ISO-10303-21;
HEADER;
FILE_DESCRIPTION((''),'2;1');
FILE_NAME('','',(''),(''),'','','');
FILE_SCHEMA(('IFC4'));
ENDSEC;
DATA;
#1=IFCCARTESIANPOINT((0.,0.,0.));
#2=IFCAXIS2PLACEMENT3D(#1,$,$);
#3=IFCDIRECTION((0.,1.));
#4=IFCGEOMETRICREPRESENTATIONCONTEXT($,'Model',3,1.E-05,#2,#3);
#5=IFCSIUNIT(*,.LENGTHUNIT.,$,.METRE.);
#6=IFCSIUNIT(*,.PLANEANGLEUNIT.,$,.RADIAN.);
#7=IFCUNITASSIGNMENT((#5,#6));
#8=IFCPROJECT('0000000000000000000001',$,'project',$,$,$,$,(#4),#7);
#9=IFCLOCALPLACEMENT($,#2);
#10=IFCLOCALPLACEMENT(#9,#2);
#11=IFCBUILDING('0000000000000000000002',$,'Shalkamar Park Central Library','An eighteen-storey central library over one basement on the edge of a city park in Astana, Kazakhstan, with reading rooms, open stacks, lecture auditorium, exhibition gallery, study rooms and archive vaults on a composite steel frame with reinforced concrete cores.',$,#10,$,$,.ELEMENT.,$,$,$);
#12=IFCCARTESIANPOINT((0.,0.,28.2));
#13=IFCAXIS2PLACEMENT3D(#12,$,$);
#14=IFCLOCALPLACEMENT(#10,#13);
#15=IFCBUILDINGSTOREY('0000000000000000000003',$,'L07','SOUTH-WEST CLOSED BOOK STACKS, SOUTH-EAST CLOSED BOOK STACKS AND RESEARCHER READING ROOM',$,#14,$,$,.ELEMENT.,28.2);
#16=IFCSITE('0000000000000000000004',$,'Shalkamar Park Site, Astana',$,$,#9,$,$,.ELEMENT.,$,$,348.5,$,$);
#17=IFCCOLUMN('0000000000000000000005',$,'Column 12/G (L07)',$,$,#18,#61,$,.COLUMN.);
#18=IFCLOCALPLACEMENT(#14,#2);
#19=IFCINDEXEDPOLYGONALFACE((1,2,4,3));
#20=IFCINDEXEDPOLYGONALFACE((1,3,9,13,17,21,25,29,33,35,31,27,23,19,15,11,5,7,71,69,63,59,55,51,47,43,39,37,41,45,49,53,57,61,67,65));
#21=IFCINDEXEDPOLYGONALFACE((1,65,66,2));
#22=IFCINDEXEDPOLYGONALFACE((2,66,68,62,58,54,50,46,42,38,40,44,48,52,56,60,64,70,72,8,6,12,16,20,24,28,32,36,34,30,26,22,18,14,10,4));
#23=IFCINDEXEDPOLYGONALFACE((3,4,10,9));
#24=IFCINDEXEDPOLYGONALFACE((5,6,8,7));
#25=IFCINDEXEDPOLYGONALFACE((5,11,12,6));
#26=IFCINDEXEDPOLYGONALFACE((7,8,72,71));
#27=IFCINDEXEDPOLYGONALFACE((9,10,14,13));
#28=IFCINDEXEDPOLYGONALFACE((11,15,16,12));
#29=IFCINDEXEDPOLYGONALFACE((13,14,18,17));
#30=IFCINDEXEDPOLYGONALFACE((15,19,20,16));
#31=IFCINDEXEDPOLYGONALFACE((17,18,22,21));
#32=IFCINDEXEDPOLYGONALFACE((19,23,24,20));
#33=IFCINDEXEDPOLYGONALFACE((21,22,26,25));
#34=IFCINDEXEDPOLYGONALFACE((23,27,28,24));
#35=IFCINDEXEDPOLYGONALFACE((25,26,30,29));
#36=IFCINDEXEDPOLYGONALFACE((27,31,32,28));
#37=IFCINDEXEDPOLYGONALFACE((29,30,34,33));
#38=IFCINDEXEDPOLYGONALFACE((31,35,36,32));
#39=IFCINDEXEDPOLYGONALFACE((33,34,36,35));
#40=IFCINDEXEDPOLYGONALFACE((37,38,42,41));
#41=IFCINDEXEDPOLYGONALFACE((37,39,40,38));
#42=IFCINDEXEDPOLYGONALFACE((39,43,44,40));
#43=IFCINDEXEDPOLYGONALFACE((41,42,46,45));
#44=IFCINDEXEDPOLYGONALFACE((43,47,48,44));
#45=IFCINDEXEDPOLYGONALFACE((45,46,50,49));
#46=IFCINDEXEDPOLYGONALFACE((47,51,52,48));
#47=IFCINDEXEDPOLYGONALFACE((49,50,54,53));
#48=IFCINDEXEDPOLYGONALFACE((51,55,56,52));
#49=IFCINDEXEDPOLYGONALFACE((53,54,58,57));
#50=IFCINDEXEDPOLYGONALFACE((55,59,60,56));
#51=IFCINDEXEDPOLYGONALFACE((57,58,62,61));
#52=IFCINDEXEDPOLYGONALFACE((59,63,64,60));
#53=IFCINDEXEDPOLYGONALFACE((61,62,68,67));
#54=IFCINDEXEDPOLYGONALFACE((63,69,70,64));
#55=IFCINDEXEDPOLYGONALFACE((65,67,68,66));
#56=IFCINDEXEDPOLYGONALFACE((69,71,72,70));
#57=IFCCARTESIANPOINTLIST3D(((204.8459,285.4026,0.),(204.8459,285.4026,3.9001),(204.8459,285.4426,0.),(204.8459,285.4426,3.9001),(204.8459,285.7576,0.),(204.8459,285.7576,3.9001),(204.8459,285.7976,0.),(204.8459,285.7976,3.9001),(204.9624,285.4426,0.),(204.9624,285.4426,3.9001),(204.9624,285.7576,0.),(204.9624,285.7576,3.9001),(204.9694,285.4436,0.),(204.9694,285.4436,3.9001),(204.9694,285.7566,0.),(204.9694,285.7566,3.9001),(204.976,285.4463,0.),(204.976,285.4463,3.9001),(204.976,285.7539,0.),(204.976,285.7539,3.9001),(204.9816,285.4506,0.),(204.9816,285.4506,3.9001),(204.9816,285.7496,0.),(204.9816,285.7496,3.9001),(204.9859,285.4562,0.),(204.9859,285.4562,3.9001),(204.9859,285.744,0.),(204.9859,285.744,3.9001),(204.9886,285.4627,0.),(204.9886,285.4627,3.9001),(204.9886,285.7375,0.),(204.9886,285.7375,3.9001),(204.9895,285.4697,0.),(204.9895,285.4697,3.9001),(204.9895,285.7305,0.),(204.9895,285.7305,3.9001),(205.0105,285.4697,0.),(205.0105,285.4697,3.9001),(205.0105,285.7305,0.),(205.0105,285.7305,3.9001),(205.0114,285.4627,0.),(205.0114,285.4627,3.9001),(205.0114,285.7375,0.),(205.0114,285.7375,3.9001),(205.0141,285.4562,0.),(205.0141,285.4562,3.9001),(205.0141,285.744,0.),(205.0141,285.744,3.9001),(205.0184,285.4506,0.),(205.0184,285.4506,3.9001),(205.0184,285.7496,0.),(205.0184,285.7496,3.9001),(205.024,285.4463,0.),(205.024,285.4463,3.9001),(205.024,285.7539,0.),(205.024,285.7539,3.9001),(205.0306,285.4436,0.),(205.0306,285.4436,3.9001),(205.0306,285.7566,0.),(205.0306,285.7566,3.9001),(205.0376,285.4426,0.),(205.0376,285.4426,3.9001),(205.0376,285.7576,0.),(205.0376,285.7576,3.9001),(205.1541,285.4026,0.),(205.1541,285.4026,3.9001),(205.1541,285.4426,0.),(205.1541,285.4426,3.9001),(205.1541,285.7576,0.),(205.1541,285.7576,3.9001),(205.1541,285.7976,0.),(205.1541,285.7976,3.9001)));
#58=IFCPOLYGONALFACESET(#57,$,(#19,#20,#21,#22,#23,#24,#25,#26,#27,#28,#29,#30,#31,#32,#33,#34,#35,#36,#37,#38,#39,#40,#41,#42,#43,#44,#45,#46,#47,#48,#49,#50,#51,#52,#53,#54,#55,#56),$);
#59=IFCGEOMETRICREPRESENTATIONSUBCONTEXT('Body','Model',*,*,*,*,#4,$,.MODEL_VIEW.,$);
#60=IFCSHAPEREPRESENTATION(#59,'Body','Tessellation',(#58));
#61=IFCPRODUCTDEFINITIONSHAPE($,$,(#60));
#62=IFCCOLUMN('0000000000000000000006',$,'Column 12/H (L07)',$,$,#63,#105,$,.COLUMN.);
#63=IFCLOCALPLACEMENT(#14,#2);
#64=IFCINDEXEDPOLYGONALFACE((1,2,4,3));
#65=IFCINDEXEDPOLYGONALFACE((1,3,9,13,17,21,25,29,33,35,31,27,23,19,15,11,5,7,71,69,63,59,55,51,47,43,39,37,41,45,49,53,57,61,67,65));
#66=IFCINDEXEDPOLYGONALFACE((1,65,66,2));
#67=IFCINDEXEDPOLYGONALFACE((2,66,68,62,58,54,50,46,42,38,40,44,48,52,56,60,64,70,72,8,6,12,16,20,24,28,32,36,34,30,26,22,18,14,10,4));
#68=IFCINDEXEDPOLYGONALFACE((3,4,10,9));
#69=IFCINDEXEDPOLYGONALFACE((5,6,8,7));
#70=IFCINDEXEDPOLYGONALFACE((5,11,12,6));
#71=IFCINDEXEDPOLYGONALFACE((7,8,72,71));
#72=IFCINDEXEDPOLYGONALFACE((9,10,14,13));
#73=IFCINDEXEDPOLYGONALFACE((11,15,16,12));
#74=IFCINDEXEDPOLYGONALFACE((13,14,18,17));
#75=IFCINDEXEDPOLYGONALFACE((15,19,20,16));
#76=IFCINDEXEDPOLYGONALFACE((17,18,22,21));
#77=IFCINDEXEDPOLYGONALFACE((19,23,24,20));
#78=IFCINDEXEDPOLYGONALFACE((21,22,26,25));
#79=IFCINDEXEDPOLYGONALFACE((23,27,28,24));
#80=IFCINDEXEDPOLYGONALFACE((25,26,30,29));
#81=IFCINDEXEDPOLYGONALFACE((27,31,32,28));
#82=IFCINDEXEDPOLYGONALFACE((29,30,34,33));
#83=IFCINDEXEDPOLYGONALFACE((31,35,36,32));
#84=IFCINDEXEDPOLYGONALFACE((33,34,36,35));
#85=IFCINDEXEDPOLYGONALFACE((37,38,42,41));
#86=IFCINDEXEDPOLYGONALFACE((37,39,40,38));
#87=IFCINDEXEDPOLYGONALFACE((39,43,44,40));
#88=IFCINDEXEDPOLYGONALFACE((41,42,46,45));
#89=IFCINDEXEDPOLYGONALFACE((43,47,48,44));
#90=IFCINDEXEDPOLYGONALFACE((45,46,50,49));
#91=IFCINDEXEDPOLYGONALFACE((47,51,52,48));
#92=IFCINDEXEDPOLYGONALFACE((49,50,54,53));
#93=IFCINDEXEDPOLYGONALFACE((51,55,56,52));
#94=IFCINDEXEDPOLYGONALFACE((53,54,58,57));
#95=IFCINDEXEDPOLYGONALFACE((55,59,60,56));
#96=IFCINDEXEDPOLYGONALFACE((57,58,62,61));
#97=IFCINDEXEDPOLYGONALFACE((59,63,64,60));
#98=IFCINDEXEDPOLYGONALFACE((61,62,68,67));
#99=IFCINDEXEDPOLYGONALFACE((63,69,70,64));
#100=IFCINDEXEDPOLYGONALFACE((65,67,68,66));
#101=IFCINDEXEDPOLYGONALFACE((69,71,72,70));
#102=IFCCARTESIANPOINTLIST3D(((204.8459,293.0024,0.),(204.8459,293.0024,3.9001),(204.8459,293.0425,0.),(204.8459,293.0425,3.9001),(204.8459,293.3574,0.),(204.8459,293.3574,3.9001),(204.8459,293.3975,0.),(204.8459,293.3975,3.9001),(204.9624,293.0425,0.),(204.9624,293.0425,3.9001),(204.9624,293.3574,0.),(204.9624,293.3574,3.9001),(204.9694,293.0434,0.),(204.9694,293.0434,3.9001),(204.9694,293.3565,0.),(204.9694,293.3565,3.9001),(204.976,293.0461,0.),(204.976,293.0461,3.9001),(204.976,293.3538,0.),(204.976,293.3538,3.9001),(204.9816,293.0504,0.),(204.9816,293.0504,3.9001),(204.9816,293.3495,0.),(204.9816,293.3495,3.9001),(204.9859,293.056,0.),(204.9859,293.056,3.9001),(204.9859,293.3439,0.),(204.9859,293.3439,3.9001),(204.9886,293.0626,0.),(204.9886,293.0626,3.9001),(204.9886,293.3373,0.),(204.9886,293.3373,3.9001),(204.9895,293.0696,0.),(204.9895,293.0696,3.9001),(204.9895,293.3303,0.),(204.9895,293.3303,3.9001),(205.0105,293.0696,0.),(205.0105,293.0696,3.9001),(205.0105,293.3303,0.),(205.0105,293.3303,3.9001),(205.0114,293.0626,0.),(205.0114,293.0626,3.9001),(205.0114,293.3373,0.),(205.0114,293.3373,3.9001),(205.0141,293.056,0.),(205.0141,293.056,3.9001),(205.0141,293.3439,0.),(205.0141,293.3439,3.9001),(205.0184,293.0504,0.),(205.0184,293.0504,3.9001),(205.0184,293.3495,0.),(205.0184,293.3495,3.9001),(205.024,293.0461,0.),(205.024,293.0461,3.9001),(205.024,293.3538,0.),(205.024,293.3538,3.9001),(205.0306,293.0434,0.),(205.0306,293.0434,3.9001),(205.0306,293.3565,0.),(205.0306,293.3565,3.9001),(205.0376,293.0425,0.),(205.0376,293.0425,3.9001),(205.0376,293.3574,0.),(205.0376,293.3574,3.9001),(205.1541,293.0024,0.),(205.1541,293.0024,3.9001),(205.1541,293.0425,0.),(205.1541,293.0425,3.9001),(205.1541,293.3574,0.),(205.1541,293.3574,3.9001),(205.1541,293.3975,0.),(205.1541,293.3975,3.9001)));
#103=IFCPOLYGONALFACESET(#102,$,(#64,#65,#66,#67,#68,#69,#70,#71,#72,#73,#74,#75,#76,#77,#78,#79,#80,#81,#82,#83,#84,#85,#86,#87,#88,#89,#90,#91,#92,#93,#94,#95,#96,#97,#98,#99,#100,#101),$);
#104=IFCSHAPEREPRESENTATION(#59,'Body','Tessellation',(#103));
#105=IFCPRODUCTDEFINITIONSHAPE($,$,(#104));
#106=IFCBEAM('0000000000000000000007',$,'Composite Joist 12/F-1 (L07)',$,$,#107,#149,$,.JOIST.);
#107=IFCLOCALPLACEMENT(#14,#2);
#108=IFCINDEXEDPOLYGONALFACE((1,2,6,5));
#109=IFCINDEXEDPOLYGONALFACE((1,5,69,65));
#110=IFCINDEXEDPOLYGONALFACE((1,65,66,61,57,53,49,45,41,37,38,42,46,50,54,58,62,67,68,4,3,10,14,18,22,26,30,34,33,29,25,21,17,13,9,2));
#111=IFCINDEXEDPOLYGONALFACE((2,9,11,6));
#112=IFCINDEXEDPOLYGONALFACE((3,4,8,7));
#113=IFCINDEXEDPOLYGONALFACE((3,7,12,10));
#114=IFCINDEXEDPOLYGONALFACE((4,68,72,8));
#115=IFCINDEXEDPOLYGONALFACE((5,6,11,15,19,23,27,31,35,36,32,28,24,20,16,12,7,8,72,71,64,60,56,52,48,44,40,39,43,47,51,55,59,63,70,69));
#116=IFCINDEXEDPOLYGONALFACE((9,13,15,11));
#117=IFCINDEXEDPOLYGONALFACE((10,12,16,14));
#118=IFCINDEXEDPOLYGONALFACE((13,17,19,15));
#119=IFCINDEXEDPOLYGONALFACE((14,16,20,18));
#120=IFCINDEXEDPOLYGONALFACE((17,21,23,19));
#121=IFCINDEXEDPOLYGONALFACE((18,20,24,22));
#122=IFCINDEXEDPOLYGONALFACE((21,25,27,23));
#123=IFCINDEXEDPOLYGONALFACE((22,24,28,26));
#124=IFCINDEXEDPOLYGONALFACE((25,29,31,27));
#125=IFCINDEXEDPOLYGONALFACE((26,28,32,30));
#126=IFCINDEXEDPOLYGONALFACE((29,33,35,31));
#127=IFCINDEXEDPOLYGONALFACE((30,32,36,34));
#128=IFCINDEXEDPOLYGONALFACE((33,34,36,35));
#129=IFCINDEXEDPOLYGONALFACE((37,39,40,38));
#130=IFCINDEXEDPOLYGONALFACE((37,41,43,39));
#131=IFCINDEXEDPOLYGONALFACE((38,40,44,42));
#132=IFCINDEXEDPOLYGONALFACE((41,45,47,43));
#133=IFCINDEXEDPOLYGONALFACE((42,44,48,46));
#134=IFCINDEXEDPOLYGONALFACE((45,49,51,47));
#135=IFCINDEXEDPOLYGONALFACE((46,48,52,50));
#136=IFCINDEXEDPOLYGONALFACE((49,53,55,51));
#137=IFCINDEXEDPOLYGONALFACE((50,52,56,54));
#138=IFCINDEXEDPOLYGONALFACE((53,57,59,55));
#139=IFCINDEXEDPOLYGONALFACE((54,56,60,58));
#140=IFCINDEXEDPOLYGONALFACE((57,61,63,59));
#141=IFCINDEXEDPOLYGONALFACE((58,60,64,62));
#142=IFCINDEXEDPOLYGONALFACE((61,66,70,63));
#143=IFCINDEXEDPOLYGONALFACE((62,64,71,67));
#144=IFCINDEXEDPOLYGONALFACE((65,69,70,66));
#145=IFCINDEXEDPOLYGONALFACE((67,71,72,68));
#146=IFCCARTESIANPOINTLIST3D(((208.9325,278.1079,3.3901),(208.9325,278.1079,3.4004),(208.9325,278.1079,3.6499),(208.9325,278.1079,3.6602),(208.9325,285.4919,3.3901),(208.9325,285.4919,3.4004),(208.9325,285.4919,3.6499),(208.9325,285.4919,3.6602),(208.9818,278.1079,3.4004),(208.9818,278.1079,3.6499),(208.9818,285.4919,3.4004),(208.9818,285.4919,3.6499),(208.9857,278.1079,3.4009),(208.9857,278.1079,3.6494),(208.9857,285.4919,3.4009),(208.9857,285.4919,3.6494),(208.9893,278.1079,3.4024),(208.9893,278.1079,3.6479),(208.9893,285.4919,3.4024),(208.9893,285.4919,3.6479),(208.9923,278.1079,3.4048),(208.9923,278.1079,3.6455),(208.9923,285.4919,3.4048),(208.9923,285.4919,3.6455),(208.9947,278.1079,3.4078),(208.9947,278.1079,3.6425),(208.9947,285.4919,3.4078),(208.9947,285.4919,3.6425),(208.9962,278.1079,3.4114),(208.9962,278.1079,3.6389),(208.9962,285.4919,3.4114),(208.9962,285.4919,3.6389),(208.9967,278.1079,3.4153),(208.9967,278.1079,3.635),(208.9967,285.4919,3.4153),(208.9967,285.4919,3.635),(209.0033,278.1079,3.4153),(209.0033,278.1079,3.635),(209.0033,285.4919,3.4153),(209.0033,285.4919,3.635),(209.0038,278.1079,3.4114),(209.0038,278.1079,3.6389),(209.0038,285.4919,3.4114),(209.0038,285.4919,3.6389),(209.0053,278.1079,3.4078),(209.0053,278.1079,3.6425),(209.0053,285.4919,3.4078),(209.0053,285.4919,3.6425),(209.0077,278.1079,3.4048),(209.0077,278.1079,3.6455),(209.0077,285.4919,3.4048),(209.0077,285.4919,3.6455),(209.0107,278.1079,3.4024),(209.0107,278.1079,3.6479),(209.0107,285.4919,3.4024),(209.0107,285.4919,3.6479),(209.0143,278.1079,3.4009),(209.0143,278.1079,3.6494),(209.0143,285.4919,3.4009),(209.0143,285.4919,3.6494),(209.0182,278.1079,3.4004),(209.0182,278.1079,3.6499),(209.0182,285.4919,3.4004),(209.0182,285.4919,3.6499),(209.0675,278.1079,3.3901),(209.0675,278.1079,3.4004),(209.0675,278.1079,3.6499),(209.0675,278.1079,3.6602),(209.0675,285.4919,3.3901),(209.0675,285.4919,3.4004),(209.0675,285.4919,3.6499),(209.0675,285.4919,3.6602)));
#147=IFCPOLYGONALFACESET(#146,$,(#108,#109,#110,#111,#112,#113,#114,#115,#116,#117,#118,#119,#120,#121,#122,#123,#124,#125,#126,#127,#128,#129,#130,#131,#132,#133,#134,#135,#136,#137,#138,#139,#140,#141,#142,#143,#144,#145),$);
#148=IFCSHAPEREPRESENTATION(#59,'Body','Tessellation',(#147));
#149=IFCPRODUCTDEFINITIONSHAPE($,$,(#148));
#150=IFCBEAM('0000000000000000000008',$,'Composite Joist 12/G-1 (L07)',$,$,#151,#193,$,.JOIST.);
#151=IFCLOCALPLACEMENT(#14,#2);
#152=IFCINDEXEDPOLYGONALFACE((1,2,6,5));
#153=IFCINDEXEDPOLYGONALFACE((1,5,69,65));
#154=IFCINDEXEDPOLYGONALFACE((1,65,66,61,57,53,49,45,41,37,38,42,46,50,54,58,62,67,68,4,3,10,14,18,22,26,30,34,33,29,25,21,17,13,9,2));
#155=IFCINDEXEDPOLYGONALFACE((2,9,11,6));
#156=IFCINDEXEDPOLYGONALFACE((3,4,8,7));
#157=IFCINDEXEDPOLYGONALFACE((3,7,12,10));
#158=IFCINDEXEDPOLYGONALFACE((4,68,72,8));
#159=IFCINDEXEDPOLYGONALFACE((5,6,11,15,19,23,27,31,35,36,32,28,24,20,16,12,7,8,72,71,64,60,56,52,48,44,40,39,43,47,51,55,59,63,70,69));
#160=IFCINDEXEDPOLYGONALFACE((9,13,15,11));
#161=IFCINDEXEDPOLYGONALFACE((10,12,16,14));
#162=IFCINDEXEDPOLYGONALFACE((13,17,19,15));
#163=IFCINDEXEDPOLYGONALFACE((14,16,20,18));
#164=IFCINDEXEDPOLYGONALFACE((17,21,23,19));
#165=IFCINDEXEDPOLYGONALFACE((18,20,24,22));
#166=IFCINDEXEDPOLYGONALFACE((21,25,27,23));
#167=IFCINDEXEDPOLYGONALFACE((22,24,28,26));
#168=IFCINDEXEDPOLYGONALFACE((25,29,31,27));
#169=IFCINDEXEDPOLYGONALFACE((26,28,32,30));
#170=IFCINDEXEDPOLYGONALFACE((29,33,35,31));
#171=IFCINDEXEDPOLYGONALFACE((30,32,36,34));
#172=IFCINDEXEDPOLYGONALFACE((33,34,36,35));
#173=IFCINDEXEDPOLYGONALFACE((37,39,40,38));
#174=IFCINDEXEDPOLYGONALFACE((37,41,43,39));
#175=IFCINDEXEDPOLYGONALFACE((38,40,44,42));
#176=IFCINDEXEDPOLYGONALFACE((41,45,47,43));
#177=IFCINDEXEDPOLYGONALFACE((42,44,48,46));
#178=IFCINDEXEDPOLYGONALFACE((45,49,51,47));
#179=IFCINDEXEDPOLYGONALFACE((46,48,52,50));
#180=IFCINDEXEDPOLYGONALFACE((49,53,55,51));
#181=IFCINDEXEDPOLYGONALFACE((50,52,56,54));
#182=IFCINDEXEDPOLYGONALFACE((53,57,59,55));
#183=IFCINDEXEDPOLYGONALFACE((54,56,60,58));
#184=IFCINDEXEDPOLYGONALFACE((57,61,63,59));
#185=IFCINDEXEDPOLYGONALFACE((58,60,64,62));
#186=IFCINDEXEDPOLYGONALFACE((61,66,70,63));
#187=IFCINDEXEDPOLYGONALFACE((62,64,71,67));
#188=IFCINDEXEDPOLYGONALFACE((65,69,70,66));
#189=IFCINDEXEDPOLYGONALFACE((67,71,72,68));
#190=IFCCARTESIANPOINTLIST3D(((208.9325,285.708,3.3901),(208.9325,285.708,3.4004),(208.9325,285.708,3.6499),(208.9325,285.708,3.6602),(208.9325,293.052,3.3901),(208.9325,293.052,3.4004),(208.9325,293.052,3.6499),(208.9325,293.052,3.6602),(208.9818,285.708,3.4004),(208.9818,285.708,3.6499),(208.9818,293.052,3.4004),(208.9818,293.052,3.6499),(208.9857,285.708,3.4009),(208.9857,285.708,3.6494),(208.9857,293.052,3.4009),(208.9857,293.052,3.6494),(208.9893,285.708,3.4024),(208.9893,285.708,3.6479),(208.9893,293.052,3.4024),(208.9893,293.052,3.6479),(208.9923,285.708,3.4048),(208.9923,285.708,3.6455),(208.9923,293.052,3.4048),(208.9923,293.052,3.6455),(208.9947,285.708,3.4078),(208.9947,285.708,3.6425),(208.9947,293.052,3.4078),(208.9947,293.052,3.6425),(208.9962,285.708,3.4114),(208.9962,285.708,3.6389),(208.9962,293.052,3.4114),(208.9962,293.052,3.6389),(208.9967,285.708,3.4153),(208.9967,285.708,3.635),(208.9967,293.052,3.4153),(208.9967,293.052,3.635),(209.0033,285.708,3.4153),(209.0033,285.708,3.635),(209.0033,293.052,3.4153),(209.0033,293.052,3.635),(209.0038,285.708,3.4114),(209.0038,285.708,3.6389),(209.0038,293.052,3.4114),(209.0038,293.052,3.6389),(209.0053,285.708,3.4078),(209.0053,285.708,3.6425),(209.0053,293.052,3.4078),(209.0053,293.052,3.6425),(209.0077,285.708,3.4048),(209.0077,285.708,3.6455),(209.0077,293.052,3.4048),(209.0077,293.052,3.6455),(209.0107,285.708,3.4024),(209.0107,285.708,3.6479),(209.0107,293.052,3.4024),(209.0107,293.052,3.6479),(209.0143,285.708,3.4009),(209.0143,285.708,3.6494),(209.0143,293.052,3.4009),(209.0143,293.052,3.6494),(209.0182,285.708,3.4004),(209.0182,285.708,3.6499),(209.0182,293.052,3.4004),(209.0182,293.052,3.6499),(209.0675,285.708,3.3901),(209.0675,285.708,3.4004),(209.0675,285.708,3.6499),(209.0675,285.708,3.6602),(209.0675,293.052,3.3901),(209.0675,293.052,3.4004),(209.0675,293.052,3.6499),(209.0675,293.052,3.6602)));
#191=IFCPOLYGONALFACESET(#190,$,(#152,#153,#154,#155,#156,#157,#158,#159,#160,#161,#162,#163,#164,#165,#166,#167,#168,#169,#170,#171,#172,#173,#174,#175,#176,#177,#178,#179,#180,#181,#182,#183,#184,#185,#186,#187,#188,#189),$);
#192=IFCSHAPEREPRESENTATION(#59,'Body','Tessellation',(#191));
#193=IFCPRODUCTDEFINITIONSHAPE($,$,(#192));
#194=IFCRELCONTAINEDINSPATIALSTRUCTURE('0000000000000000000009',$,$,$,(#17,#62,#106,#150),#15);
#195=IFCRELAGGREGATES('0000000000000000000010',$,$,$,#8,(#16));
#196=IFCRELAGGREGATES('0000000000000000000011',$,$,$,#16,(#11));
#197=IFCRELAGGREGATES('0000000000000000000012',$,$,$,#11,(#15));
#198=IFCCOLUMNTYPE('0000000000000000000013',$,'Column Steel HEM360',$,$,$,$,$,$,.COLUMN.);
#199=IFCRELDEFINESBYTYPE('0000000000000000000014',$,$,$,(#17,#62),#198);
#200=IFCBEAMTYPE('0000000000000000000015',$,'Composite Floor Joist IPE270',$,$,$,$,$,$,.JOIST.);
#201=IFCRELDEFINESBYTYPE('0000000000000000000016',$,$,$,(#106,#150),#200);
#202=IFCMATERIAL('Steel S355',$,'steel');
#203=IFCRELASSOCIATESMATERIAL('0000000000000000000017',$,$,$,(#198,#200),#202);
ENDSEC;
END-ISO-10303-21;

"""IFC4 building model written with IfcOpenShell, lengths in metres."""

from ifc_helpers import new_model, si_unit, direction, frame, origin, origin_2d, place, context, subcontext, project, spatial, i_section, extrude, material, material_profile, profile_set, type_object, element, save


model = new_model("IFC4")

# Units and contexts
model_context = context("Model", 3, precision=1e-05, world=origin(), true_north=direction((0.0, 1.0)))
body_context = subcontext(model_context, "Body", "Model", "MODEL_VIEW")
ifc_project = project(units=[si_unit("LENGTHUNIT", "METRE"), si_unit("PLANEANGLEUNIT", "RADIAN")], contexts=[model_context])

# Site, building, storey
site_placement = place(None, origin())
site = spatial("IfcSite", under=ifc_project, at=site_placement, Name="Shalkamar Park Site, Astana", CompositionType="ELEMENT", RefElevation=348.5)
building_placement = place(site_placement, origin())
building = spatial("IfcBuilding", under=site, at=building_placement, Name="Shalkamar Park Central Library", Description="An eighteen-storey central library over one basement on the edge of a city park in Astana, Kazakhstan, with reading rooms, open stacks, lecture auditorium, exhibition gallery, study rooms and archive vaults on a composite steel frame with reinforced concrete cores.", CompositionType="ELEMENT")
storey_placement = place(building_placement, frame((0.0, 0.0, 28.2)))
storey = spatial("IfcBuildingStorey", under=building, at=storey_placement, Name="L07", Description="SOUTH-WEST CLOSED BOOK STACKS, SOUTH-EAST CLOSED BOOK STACKS AND RESEARCHER READING ROOM", CompositionType="ELEMENT", Elevation=28.2)

# Columns
ifc_material_1 = material(Name="Steel S355", Category="steel")
ifc_material_profile_1 = material_profile(ifc_material_1, i_section(OverallWidth=0.3081, OverallDepth=0.395, WebThickness=0.021, FlangeThickness=0.04, FilletRadius=0.0271, at=origin_2d()), Name="HEM 360")
ifc_profile_set_1 = profile_set([ifc_material_profile_1], Name="Steel S355")
column_type = type_object("IfcColumnType", Name="Column Steel HEM360", PredefinedType="COLUMN", material=ifc_profile_set_1)
for number, where, z_axis, x_axis, name in (
    (1, (205.0, 285.6001, 0.0), (0.0, 0.0, 1.0), (1.0, 0.0, 0.0), "Column 12/G (L07)"),
    (2, (205.0, 293.2, 0.0), (0.0, 0.0, 1.0), (1.0, 0.0, 0.0), "Column 12/H (L07)"),
):
    element("IfcColumn", number, at=place(storey_placement, frame(where, z_axis=z_axis, x_axis=x_axis)), inside=storey, type_object=column_type, Name=name, PredefinedType="COLUMN", context=body_context, shape_type="SweptSolid", body=[
        extrude(i_section(OverallWidth=0.3081, OverallDepth=0.395, WebThickness=0.021, FlangeThickness=0.04, FilletRadius=0.0271, at=origin_2d()), origin(), (0.0, 0.0, 1.0), 3.9001),
    ])

# Beams
ifc_material_profile_2 = material_profile(ifc_material_1, i_section(OverallWidth=0.135, OverallDepth=0.27, WebThickness=0.0066, FlangeThickness=0.0103, FilletRadius=0.0149, at=origin_2d()), Name="IPE 270")
ifc_profile_set_2 = profile_set([ifc_material_profile_2], Name="Steel S355")
beam_type_1 = type_object("IfcBeamType", Name="Composite Floor Joist IPE270", PredefinedType="JOIST", material=ifc_profile_set_2)
beam_1_placement = place(storey_placement, frame((209.0, 278.1079, 3.5251), z_axis=(0.0, 1.0, 0.0), x_axis=(-1.0, 0.0, 0.0)))
element("IfcBeam", 3, at=beam_1_placement, inside=storey, type_object=beam_type_1, Name="Composite Joist 12/F-1 (L07)", PredefinedType="JOIST", context=body_context, shape_type="SweptSolid", body=[
    extrude(i_section(OverallWidth=0.135, OverallDepth=0.27, WebThickness=0.0066, FlangeThickness=0.0103, FilletRadius=0.0149, at=origin_2d()), origin(), (0.0, 0.0, 1.0), 7.384),
])
beam_2_placement = place(storey_placement, frame((209.0, 285.708, 3.5251), z_axis=(0.0, 1.0, 0.0), x_axis=(-1.0, 0.0, 0.0)))
element("IfcBeam", 4, at=beam_2_placement, inside=storey, type_object=beam_type_1, Name="Composite Joist 12/G-1 (L07)", PredefinedType="JOIST", context=body_context, shape_type="SweptSolid", body=[
    extrude(i_section(OverallWidth=0.135, OverallDepth=0.27, WebThickness=0.0066, FlangeThickness=0.0103, FilletRadius=0.0149, at=origin_2d()), origin(), (0.0, 0.0, 1.0), 7.344),
])

save(model, "model.ifc")
